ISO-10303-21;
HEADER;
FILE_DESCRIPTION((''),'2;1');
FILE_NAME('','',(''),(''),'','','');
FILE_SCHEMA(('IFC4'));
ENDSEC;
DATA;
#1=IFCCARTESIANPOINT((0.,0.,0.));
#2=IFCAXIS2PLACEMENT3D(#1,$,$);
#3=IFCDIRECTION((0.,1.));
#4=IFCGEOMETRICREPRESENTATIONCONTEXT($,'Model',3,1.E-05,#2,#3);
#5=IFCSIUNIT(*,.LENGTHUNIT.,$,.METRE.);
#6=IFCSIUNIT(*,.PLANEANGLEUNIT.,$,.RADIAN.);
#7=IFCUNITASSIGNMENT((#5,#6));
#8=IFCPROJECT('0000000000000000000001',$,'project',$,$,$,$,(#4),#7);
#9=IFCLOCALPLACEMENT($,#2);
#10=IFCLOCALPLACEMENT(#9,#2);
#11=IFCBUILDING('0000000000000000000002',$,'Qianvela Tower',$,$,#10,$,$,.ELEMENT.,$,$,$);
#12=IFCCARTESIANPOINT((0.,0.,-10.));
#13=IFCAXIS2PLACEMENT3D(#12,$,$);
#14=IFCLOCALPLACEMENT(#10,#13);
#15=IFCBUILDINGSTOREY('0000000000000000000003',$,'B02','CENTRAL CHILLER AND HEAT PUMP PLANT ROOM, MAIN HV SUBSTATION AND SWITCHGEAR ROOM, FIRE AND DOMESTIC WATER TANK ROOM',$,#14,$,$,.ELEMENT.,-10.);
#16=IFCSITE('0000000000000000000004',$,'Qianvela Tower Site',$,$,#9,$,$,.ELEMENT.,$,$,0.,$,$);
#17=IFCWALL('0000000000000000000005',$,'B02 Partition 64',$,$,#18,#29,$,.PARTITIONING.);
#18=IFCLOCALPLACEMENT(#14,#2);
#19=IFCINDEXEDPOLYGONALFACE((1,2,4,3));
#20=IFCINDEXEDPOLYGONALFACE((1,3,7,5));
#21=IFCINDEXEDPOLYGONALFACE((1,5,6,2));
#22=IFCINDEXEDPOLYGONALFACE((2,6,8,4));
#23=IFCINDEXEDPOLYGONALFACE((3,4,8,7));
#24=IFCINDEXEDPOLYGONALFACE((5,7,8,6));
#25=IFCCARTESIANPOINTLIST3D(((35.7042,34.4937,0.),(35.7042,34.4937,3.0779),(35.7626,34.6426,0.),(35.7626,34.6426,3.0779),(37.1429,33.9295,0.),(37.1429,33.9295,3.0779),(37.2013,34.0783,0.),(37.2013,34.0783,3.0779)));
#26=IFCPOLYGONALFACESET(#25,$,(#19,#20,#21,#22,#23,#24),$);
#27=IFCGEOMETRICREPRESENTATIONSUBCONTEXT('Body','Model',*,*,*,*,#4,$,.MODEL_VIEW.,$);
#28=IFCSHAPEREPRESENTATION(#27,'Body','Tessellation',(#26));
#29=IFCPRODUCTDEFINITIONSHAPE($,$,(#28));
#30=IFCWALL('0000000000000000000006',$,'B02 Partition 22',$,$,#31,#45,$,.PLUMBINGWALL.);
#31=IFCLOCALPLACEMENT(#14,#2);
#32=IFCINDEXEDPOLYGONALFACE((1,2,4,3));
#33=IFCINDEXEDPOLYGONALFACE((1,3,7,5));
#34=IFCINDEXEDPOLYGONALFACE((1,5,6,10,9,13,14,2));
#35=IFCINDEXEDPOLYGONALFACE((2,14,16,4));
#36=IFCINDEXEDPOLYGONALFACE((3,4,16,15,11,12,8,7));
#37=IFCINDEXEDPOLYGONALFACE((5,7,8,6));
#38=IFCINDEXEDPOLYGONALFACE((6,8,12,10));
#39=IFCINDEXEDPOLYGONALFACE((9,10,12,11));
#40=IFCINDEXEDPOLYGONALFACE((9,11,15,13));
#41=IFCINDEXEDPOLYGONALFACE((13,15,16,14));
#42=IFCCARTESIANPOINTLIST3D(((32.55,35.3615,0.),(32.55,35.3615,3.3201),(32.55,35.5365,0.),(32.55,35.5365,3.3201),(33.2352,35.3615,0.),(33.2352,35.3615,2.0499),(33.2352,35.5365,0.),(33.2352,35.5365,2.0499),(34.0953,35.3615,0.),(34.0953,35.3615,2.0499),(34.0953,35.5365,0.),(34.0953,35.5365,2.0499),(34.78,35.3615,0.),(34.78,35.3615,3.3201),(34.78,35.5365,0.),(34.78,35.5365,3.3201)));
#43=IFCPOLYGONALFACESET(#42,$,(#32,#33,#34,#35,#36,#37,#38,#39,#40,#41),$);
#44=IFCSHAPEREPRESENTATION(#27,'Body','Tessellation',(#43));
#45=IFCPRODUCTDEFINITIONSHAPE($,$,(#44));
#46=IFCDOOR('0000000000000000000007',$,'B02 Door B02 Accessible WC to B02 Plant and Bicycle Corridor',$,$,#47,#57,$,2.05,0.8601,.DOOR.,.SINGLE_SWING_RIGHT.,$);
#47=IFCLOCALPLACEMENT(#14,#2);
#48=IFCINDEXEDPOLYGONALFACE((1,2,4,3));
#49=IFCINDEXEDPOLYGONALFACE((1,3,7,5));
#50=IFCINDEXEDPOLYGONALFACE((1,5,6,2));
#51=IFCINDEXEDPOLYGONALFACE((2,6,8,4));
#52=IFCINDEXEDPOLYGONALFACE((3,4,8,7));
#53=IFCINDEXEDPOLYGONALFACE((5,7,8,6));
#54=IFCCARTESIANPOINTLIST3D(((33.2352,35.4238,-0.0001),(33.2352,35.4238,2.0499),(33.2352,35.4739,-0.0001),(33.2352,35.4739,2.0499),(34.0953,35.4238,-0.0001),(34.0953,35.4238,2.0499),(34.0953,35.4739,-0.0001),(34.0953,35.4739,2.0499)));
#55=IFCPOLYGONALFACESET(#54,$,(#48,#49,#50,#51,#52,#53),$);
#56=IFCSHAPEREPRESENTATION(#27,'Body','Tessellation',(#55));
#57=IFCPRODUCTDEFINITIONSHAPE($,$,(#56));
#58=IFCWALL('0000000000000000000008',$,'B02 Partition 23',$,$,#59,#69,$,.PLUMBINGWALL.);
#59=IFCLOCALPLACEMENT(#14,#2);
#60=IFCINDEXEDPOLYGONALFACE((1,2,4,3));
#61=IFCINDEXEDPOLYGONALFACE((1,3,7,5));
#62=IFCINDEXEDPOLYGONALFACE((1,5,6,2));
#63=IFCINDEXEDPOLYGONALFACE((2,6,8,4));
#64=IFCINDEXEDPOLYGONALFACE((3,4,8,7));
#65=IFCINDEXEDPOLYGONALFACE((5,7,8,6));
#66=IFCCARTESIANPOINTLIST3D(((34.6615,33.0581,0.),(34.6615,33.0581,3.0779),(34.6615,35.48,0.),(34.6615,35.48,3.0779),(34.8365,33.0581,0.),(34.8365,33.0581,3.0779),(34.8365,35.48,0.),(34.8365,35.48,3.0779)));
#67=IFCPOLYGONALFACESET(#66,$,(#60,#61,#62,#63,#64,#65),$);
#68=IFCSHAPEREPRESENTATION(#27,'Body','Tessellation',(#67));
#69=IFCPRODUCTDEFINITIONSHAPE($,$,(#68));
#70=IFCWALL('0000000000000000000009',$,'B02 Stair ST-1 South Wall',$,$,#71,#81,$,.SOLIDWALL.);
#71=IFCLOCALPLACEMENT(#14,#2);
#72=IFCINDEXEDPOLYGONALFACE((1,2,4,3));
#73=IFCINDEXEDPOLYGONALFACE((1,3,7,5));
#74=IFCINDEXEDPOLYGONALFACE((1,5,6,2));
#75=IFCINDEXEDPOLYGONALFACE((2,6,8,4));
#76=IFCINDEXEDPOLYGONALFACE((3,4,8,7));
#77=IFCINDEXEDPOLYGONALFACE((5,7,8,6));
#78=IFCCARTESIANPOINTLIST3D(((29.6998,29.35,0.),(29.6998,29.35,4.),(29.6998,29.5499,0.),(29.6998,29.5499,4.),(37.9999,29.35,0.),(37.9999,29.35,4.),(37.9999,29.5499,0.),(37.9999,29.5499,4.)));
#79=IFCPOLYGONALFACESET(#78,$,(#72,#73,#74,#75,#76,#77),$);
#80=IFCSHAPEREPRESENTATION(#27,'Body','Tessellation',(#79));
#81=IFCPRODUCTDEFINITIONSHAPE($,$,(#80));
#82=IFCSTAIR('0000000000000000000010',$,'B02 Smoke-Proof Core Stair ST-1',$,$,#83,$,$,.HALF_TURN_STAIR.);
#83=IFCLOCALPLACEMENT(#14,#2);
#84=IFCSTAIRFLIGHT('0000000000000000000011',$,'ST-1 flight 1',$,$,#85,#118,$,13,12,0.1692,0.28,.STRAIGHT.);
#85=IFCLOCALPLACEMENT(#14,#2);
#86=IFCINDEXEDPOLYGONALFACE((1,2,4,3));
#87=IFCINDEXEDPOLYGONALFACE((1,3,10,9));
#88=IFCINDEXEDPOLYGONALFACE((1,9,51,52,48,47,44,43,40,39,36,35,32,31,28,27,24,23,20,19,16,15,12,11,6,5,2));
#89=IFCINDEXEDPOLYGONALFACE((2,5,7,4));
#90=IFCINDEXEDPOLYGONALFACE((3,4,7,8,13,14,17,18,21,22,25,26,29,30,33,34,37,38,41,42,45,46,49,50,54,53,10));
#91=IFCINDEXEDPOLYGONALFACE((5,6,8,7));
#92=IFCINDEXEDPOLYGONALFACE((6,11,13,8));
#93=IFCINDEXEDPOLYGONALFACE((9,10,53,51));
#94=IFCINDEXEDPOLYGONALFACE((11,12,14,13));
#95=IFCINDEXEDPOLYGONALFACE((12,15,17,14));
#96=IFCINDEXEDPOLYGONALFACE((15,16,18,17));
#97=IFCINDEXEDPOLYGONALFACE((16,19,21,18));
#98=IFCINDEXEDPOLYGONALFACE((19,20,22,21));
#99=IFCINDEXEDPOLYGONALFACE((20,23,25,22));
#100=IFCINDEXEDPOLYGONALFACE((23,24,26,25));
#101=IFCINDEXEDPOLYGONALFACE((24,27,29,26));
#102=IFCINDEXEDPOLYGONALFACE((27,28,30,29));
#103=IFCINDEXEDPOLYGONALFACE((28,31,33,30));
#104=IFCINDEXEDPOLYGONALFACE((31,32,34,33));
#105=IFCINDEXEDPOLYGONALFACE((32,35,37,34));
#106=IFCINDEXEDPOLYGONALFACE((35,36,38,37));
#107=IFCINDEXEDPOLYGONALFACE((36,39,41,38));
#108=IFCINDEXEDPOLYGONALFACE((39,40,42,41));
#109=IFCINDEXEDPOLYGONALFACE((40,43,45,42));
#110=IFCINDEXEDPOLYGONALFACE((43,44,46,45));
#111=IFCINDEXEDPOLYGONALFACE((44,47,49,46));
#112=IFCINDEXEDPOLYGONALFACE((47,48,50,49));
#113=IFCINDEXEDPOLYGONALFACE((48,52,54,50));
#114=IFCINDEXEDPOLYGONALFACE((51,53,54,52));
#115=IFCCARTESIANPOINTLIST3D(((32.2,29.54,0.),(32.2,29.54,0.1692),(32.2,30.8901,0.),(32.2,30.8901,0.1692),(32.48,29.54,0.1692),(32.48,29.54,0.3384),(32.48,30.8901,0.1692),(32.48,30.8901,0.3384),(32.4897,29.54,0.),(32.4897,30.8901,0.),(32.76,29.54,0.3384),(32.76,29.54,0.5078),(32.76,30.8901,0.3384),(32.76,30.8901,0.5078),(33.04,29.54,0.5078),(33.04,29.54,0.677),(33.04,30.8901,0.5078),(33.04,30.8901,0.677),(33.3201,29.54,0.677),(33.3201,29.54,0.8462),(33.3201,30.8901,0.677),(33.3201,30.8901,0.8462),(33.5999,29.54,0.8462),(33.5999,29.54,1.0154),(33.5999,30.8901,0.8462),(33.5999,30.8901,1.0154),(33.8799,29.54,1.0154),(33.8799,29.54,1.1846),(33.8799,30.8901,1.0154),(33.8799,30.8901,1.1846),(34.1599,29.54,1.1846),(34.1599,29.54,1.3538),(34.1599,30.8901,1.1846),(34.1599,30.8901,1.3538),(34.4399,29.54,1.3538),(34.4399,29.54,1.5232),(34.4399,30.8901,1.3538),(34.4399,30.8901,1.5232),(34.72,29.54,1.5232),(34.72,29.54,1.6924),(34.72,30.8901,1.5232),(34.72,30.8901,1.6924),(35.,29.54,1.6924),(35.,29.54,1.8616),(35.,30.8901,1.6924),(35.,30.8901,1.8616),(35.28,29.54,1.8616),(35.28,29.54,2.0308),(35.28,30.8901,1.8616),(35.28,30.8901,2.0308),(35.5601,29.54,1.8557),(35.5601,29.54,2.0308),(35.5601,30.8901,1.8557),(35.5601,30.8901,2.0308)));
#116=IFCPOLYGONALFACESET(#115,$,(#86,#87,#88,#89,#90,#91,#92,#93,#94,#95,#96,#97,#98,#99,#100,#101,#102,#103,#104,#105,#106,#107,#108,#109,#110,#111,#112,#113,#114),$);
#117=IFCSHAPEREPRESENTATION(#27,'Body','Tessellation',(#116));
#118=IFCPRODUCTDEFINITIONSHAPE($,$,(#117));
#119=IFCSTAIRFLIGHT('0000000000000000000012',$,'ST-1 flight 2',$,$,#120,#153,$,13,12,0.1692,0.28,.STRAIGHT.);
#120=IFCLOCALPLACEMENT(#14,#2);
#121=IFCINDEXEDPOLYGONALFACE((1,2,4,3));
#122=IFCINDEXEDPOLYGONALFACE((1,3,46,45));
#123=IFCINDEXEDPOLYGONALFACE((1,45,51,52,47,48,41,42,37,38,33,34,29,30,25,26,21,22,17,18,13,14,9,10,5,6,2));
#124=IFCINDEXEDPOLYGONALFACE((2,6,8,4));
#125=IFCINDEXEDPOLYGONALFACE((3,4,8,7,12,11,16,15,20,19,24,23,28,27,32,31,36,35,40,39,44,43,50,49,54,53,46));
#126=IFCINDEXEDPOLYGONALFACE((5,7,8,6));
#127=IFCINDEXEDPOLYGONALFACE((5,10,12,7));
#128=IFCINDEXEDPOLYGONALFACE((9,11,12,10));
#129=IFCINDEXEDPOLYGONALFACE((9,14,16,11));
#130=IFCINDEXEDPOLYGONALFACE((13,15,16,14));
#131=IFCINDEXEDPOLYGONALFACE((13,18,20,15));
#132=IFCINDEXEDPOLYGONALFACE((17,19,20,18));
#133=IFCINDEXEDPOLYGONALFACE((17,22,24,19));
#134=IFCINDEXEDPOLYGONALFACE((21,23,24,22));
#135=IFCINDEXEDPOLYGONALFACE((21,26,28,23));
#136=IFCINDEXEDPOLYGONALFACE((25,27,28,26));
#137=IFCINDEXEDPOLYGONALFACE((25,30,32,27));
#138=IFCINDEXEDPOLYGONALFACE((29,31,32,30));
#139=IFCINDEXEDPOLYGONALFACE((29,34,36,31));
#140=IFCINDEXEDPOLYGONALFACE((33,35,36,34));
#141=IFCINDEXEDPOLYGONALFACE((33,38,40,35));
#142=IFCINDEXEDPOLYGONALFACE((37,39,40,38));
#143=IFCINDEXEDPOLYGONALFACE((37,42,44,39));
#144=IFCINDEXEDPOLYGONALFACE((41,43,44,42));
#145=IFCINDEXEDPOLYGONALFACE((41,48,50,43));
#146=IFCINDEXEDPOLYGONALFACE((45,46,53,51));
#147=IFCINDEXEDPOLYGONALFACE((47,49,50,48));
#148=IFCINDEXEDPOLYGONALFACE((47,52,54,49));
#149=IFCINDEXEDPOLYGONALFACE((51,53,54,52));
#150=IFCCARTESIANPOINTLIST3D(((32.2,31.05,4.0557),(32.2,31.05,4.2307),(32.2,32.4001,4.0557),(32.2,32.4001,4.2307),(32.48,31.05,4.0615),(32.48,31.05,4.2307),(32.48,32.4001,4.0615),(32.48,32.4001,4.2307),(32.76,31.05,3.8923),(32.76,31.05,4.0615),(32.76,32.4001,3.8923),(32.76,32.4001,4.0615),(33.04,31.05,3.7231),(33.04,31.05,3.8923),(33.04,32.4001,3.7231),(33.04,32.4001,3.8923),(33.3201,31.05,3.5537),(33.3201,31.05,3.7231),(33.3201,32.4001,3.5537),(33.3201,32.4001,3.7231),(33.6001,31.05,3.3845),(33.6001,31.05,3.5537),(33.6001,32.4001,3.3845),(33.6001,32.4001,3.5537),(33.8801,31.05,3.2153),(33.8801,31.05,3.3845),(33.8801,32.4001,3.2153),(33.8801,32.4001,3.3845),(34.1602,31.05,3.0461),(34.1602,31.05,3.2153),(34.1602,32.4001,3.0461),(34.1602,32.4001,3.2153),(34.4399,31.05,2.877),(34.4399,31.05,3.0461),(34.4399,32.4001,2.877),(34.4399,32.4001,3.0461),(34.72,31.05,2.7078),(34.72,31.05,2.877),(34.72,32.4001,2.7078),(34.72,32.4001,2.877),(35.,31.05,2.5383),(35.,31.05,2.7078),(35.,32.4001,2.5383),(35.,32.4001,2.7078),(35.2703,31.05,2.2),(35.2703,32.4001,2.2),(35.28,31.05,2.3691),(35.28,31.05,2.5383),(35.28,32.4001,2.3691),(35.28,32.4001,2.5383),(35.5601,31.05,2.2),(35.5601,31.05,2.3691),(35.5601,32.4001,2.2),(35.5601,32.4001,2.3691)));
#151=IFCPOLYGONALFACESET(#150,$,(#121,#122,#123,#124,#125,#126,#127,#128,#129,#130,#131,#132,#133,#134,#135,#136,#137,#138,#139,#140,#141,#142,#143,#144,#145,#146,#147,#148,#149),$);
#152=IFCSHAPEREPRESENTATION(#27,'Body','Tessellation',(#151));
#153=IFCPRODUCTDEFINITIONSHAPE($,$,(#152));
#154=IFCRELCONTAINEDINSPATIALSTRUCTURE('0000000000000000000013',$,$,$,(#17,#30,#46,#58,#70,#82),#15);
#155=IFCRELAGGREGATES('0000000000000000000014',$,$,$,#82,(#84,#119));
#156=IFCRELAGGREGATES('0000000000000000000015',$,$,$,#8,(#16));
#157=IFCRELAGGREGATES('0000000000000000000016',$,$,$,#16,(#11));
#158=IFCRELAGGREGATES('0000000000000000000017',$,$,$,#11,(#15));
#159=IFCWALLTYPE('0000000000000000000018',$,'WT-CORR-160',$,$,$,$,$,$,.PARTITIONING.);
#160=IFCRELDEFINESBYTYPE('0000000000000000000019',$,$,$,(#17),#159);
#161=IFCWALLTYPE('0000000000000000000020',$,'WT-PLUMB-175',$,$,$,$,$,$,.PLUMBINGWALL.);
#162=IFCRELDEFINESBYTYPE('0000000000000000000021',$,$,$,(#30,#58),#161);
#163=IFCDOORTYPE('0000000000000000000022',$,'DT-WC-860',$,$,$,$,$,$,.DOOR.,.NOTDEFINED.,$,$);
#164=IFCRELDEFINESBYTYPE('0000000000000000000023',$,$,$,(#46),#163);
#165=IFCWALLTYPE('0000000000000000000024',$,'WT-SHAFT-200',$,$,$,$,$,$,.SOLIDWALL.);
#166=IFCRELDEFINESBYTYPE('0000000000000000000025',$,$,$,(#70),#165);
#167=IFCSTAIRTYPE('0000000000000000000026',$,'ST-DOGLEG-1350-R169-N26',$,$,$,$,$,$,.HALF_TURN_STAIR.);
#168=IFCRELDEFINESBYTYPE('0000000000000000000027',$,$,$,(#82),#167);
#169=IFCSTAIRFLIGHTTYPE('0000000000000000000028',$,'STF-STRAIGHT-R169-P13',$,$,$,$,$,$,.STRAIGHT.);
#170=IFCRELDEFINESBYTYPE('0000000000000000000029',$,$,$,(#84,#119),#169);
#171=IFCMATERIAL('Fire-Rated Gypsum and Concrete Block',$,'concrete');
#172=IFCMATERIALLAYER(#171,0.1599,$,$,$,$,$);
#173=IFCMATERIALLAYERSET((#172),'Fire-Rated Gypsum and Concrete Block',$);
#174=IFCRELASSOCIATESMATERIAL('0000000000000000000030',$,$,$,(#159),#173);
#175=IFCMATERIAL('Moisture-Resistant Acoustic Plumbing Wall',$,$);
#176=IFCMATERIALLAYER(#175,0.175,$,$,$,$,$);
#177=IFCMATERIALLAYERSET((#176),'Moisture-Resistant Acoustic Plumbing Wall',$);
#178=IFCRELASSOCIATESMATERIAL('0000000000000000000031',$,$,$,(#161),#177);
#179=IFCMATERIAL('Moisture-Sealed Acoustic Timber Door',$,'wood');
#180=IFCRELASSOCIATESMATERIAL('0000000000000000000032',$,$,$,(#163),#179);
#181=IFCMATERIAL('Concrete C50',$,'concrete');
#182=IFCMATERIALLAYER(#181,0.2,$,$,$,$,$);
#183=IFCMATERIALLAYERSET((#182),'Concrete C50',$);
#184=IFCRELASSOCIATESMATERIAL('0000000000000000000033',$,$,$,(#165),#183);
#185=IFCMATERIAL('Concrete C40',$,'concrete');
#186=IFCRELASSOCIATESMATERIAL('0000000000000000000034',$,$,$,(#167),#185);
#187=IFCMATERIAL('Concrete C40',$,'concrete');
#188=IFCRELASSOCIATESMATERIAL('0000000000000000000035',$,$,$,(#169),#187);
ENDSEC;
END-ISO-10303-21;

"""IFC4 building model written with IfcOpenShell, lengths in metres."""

from ifc_helpers import new_model, si_unit, direction, frame, frame_2d, origin, place, context, subcontext, project, spatial, polyline, rectangle, outline, extrude, material, layer, layer_set, type_object, element, fill, aggregate, save


model = new_model("IFC4")

# Units and contexts
model_context = context("Model", 3, precision=1e-05, world=origin(), true_north=direction((0.0, 1.0)))
body_context = subcontext(model_context, "Body", "Model", "MODEL_VIEW")
ifc_project = project(units=[si_unit("LENGTHUNIT", "METRE"), si_unit("PLANEANGLEUNIT", "RADIAN")], contexts=[model_context])

# Site, building, storey
site_placement = place(None, origin())
site = spatial("IfcSite", under=ifc_project, at=site_placement, Name="Qianvela Tower Site", CompositionType="ELEMENT", RefElevation=0.0)
building_placement = place(site_placement, origin())
building = spatial("IfcBuilding", under=site, at=building_placement, Name="Qianvela Tower", CompositionType="ELEMENT")
storey_placement = place(building_placement, frame((0.0, 0.0, -10.0)))
storey = spatial("IfcBuildingStorey", under=building, at=storey_placement, Name="B02", Description="CENTRAL CHILLER AND HEAT PUMP PLANT ROOM, MAIN HV SUBSTATION AND SWITCHGEAR ROOM, FIRE AND DOMESTIC WATER TANK ROOM", CompositionType="ELEMENT", Elevation=-10.0)

# Shared definitions
ifc_material_1 = material(Name="Fire-Rated Gypsum and Concrete Block", Category="concrete")
ifc_layer_1 = layer(ifc_material_1, 0.1599)
ifc_layer_set_1 = layer_set([ifc_layer_1], Name="Fire-Rated Gypsum and Concrete Block")
wall_type_1 = type_object("IfcWallType", Name="WT-CORR-160", PredefinedType="PARTITIONING", material=ifc_layer_set_1)

# Wall
wall_1_placement = place(storey_placement, frame((37.1721, 34.0039, 0.0), z_axis=(0.0, 0.0, 1.0), x_axis=(-0.930972, 0.36509, 0.0)))
element("IfcWall", 1, at=wall_1_placement, inside=storey, type_object=wall_type_1, Name="B02 Partition 64", PredefinedType="PARTITIONING", context=body_context, shape_type="SweptSolid", body=[
    extrude(rectangle(XDim=1.5454, YDim=0.1599, at=frame_2d((0.7727, 0.0))), origin(), (0.0, 0.0, 1.0), 3.0779),
])

# Wall, opening, door
ifc_material_2 = material(Name="Moisture-Resistant Acoustic Plumbing Wall")
ifc_layer_2 = layer(ifc_material_2, 0.175)
ifc_layer_set_2 = layer_set([ifc_layer_2], Name="Moisture-Resistant Acoustic Plumbing Wall")
wall_type_2 = type_object("IfcWallType", Name="WT-PLUMB-175", PredefinedType="PLUMBINGWALL", material=ifc_layer_set_2)
wall_2_placement = place(storey_placement, frame((32.55, 35.449, 0.0), z_axis=(0.0, 0.0, 1.0), x_axis=(1.0, 0.0, 0.0)))
wall_2 = element("IfcWall", 2, at=wall_2_placement, inside=storey, type_object=wall_type_2, Name="B02 Partition 22", PredefinedType="PLUMBINGWALL", context=body_context, shape_type="SweptSolid", body=[
    extrude(rectangle(XDim=2.23, YDim=0.175, at=frame_2d((1.115, 0.0))), origin(), (0.0, 0.0, 1.0), 3.3201),
])
opening_1_placement = place(wall_2_placement, frame((0.6851, 0.0, 0.0)))
opening_1 = element("IfcOpeningElement", 3, at=opening_1_placement, cuts=wall_2, PredefinedType="OPENING", context=body_context, shape_type="SweptSolid", body=[
    extrude(rectangle(XDim=0.8601, YDim=2.05, at=frame_2d((0.4302, 1.0249))), frame((0.0, 0.0974, 0.0), z_axis=(0.0, -1.0, 0.0), x_axis=(1.0, 0.0, 0.0)), (0.0, 0.0, 1.0), 0.1951),
])
ifc_material_3 = material(Name="Moisture-Sealed Acoustic Timber Door", Category="wood")
door_type_1 = type_object("IfcDoorType", Name="DT-WC-860", OperationType="NOTDEFINED", PredefinedType="DOOR", material=ifc_material_3)
door_1_placement = place(opening_1_placement, origin())
door_1 = element("IfcDoor", 4, at=door_1_placement, inside=storey, type_object=door_type_1, Name="B02 Door B02 Accessible WC to B02 Plant and Bicycle Corridor", OperationType="SINGLE_SWING_RIGHT", OverallHeight=2.05, OverallWidth=0.8601, PredefinedType="DOOR", context=body_context, shape_type="SweptSolid", body=[
    extrude(rectangle(XDim=0.8601, YDim=2.05, at=frame_2d((0.4302, 1.0249))), frame((0.0, 0.0249, 0.0), z_axis=(0.0, -1.0, 0.0), x_axis=(1.0, 0.0, 0.0)), (0.0, 0.0, 1.0), 0.05),
])
fill(opening_1, door_1)

# Walls
wall_3_placement = place(storey_placement, frame((34.749, 35.48, 0.0), z_axis=(0.0, 0.0, 1.0), x_axis=(0.0, -1.0, 0.0)))
element("IfcWall", 5, at=wall_3_placement, inside=storey, type_object=wall_type_2, Name="B02 Partition 23", PredefinedType="PLUMBINGWALL", context=body_context, shape_type="SweptSolid", body=[
    extrude(rectangle(XDim=2.4219, YDim=0.175, at=frame_2d((1.2109, 0.0))), origin(), (0.0, 0.0, 1.0), 3.0779),
])
ifc_material_4 = material(Name="Concrete C50", Category="concrete")
ifc_layer_3 = layer(ifc_material_4, 0.2)
ifc_layer_set_3 = layer_set([ifc_layer_3], Name="Concrete C50")
wall_type_3 = type_object("IfcWallType", Name="WT-SHAFT-200", PredefinedType="SOLIDWALL", material=ifc_layer_set_3)
wall_4_placement = place(storey_placement, frame((29.7, 29.45, 0.0), z_axis=(0.0, 0.0, 1.0), x_axis=(1.0, 0.0, 0.0)))
element("IfcWall", 6, at=wall_4_placement, inside=storey, type_object=wall_type_3, Name="B02 Stair ST-1 South Wall", PredefinedType="SOLIDWALL", context=body_context, shape_type="SweptSolid", body=[
    extrude(rectangle(XDim=8.3, YDim=0.2, at=frame_2d((4.1499, 0.0))), origin(), (0.0, 0.0, 1.0), 4.0),
])

# Stair, stair flights
ifc_material_5 = material(Name="Concrete C40", Category="concrete")
stair_type = type_object("IfcStairType", Name="ST-DOGLEG-1350-R169-N26", PredefinedType="HALF_TURN_STAIR", material=ifc_material_5)
stair_placement = place(storey_placement, origin())
stair = element("IfcStair", 7, at=stair_placement, inside=storey, type_object=stair_type, Name="B02 Smoke-Proof Core Stair ST-1", PredefinedType="HALF_TURN_STAIR")
ifc_material_6 = material(Name="Concrete C40", Category="concrete")
stair_flight_type = type_object("IfcStairFlightType", Name="STF-STRAIGHT-R169-P13", PredefinedType="STRAIGHT", material=ifc_material_6)
stair_flight_1_placement = place(storey_placement, frame((32.2, 30.2151, 0.0), z_axis=(0.0, 0.0, 1.0), x_axis=(1.0, 0.0, 0.0)))
stair_flight_1 = element("IfcStairFlight", 8, at=stair_flight_1_placement, type_object=stair_flight_type, Name="ST-1 flight 1", NumberOfRisers=13, NumberOfTreads=12, PredefinedType="STRAIGHT", RiserHeight=0.1692, TreadLength=0.28, context=body_context, shape_type="SweptSolid", body=[
    extrude(outline(polyline([(0.0, 0.0), (0.0, 0.1692), (0.28, 0.1692), (0.28, 0.3384), (0.5601, 0.3384), (0.5601, 0.5078), (0.8401, 0.5078), (0.8401, 0.677), (1.1201, 0.677), (1.1201, 0.8462), (1.3999, 0.8462), (1.3999, 1.0154), (1.6799, 1.0154), (1.6799, 1.1846), (1.96, 1.1846), (1.96, 1.3538), (2.24, 1.3538), (2.24, 1.5232), (2.52, 1.5232), (2.52, 1.6924), (2.8, 1.6924), (2.8, 1.8616), (3.0801, 1.8616), (3.0801, 2.0308), (3.3601, 2.0308), (3.3601, 2.2), (3.3601, 1.8557), (0.2898, 0.0), (0.0, 0.0)])), frame((0.0, 0.675, 0.0), z_axis=(0.0, -1.0, 0.0), x_axis=(1.0, 0.0, 0.0)), (0.0, 0.0, 1.0), 1.3501),
])
stair_flight_2_placement = place(storey_placement, frame((35.5601, 31.7251, 2.2), z_axis=(0.0, 0.0, 1.0), x_axis=(-1.0, 0.0, 0.0)))
stair_flight_2 = element("IfcStairFlight", 9, at=stair_flight_2_placement, type_object=stair_flight_type, Name="ST-1 flight 2", NumberOfRisers=13, NumberOfTreads=12, PredefinedType="STRAIGHT", RiserHeight=0.1692, TreadLength=0.28, context=body_context, shape_type="SweptSolid", body=[
    extrude(outline(polyline([(0.0, 0.0), (0.0, 0.1692), (0.28, 0.1692), (0.28, 0.3384), (0.5601, 0.3384), (0.5601, 0.5078), (0.8401, 0.5078), (0.8401, 0.677), (1.1201, 0.677), (1.1201, 0.8462), (1.3999, 0.8462), (1.3999, 1.0154), (1.6799, 1.0154), (1.6799, 1.1846), (1.96, 1.1846), (1.96, 1.3538), (2.24, 1.3538), (2.24, 1.5232), (2.52, 1.5232), (2.52, 1.6924), (2.8, 1.6924), (2.8, 1.8616), (3.0801, 1.8616), (3.0801, 2.0308), (3.3601, 2.0308), (3.3601, 2.2), (3.3601, 1.8557), (0.2898, 0.0), (0.0, 0.0)])), frame((0.0, 0.675, 0.0), z_axis=(0.0, -1.0, 0.0), x_axis=(1.0, 0.0, 0.0)), (0.0, 0.0, 1.0), 1.3501),
])
aggregate(stair, [stair_flight_1, stair_flight_2])

save(model, "model.ifc")
